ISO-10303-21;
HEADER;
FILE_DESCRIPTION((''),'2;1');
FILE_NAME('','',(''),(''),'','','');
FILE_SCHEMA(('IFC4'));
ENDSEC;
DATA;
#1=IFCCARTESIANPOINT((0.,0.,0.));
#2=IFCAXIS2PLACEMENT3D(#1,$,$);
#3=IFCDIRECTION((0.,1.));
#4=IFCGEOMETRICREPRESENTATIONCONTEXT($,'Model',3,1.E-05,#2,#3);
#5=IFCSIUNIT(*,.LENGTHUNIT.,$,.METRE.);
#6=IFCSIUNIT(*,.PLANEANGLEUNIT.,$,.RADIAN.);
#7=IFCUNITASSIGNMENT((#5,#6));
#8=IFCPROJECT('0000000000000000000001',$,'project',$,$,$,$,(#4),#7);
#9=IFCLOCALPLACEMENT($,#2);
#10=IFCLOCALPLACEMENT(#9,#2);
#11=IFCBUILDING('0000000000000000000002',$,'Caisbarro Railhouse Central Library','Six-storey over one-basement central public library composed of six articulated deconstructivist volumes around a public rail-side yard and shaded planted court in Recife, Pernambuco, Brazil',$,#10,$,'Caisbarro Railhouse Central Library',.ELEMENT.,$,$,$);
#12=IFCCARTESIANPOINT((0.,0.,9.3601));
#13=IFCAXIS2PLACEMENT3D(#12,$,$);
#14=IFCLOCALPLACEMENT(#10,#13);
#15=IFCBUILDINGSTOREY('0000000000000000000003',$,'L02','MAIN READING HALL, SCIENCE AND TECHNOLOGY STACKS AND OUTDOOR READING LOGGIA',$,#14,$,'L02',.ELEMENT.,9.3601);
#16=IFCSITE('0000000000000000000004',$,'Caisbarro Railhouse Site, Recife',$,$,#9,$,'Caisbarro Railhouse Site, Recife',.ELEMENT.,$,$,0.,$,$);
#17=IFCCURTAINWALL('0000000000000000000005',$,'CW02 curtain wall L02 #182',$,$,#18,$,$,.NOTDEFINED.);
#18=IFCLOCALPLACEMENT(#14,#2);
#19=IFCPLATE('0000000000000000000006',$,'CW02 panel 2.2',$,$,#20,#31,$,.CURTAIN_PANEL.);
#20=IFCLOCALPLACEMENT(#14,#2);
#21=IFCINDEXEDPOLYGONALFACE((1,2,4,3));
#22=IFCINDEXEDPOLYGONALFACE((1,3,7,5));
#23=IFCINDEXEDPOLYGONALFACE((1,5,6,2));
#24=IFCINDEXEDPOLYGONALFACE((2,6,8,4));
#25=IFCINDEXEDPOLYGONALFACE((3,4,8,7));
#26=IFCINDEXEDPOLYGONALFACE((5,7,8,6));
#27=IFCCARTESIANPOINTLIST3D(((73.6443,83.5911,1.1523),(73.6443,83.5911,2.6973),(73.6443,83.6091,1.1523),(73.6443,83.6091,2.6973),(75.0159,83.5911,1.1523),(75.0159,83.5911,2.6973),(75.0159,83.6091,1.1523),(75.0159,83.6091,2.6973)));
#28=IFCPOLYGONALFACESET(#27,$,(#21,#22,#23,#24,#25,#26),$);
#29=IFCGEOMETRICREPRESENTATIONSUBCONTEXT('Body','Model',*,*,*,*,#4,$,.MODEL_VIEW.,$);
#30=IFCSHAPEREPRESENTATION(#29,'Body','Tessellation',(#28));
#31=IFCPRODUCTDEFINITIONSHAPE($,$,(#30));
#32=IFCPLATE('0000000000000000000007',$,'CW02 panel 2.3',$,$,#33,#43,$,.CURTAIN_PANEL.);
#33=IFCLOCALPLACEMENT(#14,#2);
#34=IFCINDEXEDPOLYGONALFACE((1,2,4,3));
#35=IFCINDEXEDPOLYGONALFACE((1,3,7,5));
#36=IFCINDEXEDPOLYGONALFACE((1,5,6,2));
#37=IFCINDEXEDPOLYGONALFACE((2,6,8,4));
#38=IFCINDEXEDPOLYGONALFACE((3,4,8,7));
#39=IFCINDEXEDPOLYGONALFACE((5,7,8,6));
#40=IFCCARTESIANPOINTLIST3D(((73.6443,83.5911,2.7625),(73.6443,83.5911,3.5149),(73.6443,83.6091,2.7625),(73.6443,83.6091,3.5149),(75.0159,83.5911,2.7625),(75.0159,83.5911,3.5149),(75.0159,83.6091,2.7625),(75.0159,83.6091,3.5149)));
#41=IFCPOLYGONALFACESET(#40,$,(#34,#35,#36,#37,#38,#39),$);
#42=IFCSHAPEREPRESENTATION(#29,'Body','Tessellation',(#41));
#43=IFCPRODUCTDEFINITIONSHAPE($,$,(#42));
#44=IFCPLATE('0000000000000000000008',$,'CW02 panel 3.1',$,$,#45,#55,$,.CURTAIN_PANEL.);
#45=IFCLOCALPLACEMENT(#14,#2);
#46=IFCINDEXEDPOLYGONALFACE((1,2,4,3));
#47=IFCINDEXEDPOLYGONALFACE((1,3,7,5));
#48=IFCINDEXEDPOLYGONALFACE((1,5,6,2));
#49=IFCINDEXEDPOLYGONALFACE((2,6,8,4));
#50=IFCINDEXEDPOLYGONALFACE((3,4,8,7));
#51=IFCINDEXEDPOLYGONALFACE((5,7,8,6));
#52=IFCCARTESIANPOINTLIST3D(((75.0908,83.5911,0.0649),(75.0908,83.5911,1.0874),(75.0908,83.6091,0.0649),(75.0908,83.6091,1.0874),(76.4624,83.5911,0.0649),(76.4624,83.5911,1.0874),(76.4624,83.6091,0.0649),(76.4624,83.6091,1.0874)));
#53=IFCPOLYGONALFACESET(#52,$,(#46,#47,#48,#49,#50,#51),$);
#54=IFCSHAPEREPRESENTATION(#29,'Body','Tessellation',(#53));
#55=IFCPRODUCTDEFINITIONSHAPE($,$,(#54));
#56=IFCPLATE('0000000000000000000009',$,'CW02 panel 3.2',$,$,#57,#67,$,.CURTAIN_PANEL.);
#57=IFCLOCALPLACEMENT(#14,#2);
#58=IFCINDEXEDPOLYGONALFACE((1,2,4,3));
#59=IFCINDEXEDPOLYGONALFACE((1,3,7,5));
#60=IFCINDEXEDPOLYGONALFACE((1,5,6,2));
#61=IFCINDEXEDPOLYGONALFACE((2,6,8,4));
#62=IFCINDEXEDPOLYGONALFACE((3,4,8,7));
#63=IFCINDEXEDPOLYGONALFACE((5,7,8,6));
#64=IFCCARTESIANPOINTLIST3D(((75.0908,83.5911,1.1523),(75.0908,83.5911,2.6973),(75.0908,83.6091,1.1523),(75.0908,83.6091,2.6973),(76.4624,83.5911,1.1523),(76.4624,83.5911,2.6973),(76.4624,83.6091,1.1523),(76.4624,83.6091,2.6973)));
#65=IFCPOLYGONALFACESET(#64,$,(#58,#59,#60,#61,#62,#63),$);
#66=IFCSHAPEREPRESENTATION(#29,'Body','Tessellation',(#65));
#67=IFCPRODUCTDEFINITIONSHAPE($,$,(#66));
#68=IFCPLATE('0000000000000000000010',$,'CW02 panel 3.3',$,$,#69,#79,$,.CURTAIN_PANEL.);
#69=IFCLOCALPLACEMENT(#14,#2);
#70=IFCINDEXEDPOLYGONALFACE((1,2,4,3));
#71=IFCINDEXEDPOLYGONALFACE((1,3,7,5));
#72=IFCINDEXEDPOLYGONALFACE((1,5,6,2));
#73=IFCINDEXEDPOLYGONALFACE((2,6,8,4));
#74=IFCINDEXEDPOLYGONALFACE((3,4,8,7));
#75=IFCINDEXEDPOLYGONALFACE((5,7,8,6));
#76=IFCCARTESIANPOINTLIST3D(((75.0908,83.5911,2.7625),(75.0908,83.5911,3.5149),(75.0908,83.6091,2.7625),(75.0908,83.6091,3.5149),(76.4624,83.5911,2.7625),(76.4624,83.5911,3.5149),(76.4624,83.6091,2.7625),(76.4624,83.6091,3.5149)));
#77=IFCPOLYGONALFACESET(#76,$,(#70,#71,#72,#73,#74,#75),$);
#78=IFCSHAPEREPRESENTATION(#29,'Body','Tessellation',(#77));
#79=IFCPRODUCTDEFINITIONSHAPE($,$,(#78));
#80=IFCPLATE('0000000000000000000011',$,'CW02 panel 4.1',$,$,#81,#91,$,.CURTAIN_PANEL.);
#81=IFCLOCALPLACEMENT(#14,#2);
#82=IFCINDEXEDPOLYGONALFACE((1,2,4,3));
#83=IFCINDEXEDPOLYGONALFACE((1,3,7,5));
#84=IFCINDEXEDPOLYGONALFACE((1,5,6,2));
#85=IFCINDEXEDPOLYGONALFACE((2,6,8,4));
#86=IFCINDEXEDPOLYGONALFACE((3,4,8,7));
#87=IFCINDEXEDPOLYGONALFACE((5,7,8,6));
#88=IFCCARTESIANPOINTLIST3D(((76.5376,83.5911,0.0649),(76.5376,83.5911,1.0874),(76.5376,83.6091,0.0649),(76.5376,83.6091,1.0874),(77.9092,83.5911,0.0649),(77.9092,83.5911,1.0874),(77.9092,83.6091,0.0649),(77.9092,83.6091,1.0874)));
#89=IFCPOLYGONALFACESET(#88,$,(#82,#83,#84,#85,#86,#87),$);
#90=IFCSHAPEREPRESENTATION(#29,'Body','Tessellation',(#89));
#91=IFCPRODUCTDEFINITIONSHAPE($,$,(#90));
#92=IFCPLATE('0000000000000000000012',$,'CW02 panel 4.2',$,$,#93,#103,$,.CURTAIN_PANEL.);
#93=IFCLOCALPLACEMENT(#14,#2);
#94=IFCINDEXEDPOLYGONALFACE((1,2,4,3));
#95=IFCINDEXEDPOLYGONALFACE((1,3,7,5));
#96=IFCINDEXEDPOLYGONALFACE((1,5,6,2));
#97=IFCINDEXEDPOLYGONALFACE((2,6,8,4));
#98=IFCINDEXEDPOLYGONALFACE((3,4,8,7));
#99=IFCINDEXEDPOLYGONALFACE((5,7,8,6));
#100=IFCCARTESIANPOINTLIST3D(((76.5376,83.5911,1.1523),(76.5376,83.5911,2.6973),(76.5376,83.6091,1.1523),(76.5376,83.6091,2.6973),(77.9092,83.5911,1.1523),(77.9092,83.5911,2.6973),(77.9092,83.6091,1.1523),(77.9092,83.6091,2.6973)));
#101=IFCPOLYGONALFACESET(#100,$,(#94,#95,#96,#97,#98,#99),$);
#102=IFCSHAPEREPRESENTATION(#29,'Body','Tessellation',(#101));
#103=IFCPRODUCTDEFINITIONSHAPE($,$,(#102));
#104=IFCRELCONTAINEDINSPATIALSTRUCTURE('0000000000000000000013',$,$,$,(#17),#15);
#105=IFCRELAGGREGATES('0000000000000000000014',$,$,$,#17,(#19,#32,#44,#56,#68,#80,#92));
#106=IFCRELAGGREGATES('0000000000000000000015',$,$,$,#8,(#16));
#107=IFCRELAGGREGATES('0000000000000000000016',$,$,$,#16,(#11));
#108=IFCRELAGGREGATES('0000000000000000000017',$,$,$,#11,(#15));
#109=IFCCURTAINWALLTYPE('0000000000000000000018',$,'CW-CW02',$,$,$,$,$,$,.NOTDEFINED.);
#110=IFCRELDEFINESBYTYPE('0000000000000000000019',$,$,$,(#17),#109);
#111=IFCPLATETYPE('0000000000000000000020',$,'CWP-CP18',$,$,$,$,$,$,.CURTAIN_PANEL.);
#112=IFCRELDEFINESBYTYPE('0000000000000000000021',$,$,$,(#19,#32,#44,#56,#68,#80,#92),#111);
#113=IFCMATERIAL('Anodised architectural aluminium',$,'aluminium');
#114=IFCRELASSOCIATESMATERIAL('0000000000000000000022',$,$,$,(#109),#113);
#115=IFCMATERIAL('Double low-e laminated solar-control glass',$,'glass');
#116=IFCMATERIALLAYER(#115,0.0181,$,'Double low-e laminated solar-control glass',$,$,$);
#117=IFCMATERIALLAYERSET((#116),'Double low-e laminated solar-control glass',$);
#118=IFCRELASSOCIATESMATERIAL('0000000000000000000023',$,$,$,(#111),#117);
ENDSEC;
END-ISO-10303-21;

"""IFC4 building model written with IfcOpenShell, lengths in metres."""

from ifc_helpers import new_model, si_unit, direction, frame, origin, origin_2d, place, context, subcontext, project, spatial, rectangle, extrude, material, layer, layer_set, type_object, element, aggregate, save


model = new_model("IFC4")

# Units and contexts
model_context = context("Model", 3, precision=1e-05, world=origin(), true_north=direction((0.0, 1.0)))
body_context = subcontext(model_context, "Body", "Model", "MODEL_VIEW")
ifc_project = project(units=[si_unit("LENGTHUNIT", "METRE"), si_unit("PLANEANGLEUNIT", "RADIAN")], contexts=[model_context])

# Site, building, storey
site_placement = place(None, origin())
site = spatial("IfcSite", under=ifc_project, at=site_placement, Name="Caisbarro Railhouse Site, Recife", LongName="Caisbarro Railhouse Site, Recife", CompositionType="ELEMENT", RefElevation=0.0)
building_placement = place(site_placement, origin())
building = spatial("IfcBuilding", under=site, at=building_placement, Name="Caisbarro Railhouse Central Library", Description="Six-storey over one-basement central public library composed of six articulated deconstructivist volumes around a public rail-side yard and shaded planted court in Recife, Pernambuco, Brazil", LongName="Caisbarro Railhouse Central Library", CompositionType="ELEMENT")
storey_placement = place(building_placement, frame((0.0, 0.0, 9.3601)))
storey = spatial("IfcBuildingStorey", under=building, at=storey_placement, Name="L02", Description="MAIN READING HALL, SCIENCE AND TECHNOLOGY STACKS AND OUTDOOR READING LOGGIA", LongName="L02", CompositionType="ELEMENT", Elevation=9.3601)

# Curtain wall, plates
ifc_material_1 = material(Name="Anodised architectural aluminium", Category="aluminium")
curtain_wall_type = type_object("IfcCurtainWallType", Name="CW-CW02", PredefinedType="NOTDEFINED", material=ifc_material_1)
curtain_wall_placement = place(storey_placement, origin())
curtain_wall = element("IfcCurtainWall", 1, at=curtain_wall_placement, inside=storey, type_object=curtain_wall_type, Name="CW02 curtain wall L02 #182", PredefinedType="NOTDEFINED")
ifc_material_2 = material(Name="Double low-e laminated solar-control glass", Category="glass")
ifc_layer = layer(ifc_material_2, 0.0181, Name="Double low-e laminated solar-control glass")
ifc_layer_set = layer_set([ifc_layer], Name="Double low-e laminated solar-control glass")
plate_type = type_object("IfcPlateType", Name="CWP-CP18", PredefinedType="CURTAIN_PANEL", material=ifc_layer_set)
plate_1_placement = place(storey_placement, frame((74.3301, 83.6001, 1.1523), z_axis=(0.0, 0.0, 1.0), x_axis=(1.0, 0.0, 0.0)))
plate_1 = element("IfcPlate", 2, at=plate_1_placement, type_object=plate_type, Name="CW02 panel 2.2", PredefinedType="CURTAIN_PANEL", context=body_context, shape_type="SweptSolid", body=[
    extrude(rectangle(XDim=1.3716, YDim=0.0181, at=origin_2d()), origin(), (0.0, 0.0, 1.0), 1.5449),
])
plate_2_placement = place(storey_placement, frame((74.3301, 83.6001, 2.7625), z_axis=(0.0, 0.0, 1.0), x_axis=(1.0, 0.0, 0.0)))
plate_2 = element("IfcPlate", 3, at=plate_2_placement, type_object=plate_type, Name="CW02 panel 2.3", PredefinedType="CURTAIN_PANEL", context=body_context, shape_type="SweptSolid", body=[
    extrude(rectangle(XDim=1.3716, YDim=0.0181, at=origin_2d()), origin(), (0.0, 0.0, 1.0), 0.7524),
])
plate_3_placement = place(storey_placement, frame((75.7766, 83.6001, 0.0649), z_axis=(0.0, 0.0, 1.0), x_axis=(1.0, 0.0, 0.0)))
plate_3 = element("IfcPlate", 4, at=plate_3_placement, type_object=plate_type, Name="CW02 panel 3.1", PredefinedType="CURTAIN_PANEL", context=body_context, shape_type="SweptSolid", body=[
    extrude(rectangle(XDim=1.3716, YDim=0.0181, at=origin_2d()), origin(), (0.0, 0.0, 1.0), 1.0225),
])
plate_4_placement = place(storey_placement, frame((75.7766, 83.6001, 1.1523), z_axis=(0.0, 0.0, 1.0), x_axis=(1.0, 0.0, 0.0)))
plate_4 = element("IfcPlate", 5, at=plate_4_placement, type_object=plate_type, Name="CW02 panel 3.2", PredefinedType="CURTAIN_PANEL", context=body_context, shape_type="SweptSolid", body=[
    extrude(rectangle(XDim=1.3716, YDim=0.0181, at=origin_2d()), origin(), (0.0, 0.0, 1.0), 1.5449),
])
plate_5_placement = place(storey_placement, frame((75.7766, 83.6001, 2.7625), z_axis=(0.0, 0.0, 1.0), x_axis=(1.0, 0.0, 0.0)))
plate_5 = element("IfcPlate", 6, at=plate_5_placement, type_object=plate_type, Name="CW02 panel 3.3", PredefinedType="CURTAIN_PANEL", context=body_context, shape_type="SweptSolid", body=[
    extrude(rectangle(XDim=1.3716, YDim=0.0181, at=origin_2d()), origin(), (0.0, 0.0, 1.0), 0.7524),
])
plate_6_placement = place(storey_placement, frame((77.2234, 83.6001, 0.0649), z_axis=(0.0, 0.0, 1.0), x_axis=(1.0, 0.0, 0.0)))
plate_6 = element("IfcPlate", 7, at=plate_6_placement, type_object=plate_type, Name="CW02 panel 4.1", PredefinedType="CURTAIN_PANEL", context=body_context, shape_type="SweptSolid", body=[
    extrude(rectangle(XDim=1.3716, YDim=0.0181, at=origin_2d()), origin(), (0.0, 0.0, 1.0), 1.0225),
])
plate_7_placement = place(storey_placement, frame((77.2234, 83.6001, 1.1523), z_axis=(0.0, 0.0, 1.0), x_axis=(1.0, 0.0, 0.0)))
plate_7 = element("IfcPlate", 8, at=plate_7_placement, type_object=plate_type, Name="CW02 panel 4.2", PredefinedType="CURTAIN_PANEL", context=body_context, shape_type="SweptSolid", body=[
    extrude(rectangle(XDim=1.3716, YDim=0.0181, at=origin_2d()), origin(), (0.0, 0.0, 1.0), 1.5449),
])
aggregate(curtain_wall, [plate_1, plate_2, plate_3, plate_4, plate_5, plate_6, plate_7])

save(model, "model.ifc")
